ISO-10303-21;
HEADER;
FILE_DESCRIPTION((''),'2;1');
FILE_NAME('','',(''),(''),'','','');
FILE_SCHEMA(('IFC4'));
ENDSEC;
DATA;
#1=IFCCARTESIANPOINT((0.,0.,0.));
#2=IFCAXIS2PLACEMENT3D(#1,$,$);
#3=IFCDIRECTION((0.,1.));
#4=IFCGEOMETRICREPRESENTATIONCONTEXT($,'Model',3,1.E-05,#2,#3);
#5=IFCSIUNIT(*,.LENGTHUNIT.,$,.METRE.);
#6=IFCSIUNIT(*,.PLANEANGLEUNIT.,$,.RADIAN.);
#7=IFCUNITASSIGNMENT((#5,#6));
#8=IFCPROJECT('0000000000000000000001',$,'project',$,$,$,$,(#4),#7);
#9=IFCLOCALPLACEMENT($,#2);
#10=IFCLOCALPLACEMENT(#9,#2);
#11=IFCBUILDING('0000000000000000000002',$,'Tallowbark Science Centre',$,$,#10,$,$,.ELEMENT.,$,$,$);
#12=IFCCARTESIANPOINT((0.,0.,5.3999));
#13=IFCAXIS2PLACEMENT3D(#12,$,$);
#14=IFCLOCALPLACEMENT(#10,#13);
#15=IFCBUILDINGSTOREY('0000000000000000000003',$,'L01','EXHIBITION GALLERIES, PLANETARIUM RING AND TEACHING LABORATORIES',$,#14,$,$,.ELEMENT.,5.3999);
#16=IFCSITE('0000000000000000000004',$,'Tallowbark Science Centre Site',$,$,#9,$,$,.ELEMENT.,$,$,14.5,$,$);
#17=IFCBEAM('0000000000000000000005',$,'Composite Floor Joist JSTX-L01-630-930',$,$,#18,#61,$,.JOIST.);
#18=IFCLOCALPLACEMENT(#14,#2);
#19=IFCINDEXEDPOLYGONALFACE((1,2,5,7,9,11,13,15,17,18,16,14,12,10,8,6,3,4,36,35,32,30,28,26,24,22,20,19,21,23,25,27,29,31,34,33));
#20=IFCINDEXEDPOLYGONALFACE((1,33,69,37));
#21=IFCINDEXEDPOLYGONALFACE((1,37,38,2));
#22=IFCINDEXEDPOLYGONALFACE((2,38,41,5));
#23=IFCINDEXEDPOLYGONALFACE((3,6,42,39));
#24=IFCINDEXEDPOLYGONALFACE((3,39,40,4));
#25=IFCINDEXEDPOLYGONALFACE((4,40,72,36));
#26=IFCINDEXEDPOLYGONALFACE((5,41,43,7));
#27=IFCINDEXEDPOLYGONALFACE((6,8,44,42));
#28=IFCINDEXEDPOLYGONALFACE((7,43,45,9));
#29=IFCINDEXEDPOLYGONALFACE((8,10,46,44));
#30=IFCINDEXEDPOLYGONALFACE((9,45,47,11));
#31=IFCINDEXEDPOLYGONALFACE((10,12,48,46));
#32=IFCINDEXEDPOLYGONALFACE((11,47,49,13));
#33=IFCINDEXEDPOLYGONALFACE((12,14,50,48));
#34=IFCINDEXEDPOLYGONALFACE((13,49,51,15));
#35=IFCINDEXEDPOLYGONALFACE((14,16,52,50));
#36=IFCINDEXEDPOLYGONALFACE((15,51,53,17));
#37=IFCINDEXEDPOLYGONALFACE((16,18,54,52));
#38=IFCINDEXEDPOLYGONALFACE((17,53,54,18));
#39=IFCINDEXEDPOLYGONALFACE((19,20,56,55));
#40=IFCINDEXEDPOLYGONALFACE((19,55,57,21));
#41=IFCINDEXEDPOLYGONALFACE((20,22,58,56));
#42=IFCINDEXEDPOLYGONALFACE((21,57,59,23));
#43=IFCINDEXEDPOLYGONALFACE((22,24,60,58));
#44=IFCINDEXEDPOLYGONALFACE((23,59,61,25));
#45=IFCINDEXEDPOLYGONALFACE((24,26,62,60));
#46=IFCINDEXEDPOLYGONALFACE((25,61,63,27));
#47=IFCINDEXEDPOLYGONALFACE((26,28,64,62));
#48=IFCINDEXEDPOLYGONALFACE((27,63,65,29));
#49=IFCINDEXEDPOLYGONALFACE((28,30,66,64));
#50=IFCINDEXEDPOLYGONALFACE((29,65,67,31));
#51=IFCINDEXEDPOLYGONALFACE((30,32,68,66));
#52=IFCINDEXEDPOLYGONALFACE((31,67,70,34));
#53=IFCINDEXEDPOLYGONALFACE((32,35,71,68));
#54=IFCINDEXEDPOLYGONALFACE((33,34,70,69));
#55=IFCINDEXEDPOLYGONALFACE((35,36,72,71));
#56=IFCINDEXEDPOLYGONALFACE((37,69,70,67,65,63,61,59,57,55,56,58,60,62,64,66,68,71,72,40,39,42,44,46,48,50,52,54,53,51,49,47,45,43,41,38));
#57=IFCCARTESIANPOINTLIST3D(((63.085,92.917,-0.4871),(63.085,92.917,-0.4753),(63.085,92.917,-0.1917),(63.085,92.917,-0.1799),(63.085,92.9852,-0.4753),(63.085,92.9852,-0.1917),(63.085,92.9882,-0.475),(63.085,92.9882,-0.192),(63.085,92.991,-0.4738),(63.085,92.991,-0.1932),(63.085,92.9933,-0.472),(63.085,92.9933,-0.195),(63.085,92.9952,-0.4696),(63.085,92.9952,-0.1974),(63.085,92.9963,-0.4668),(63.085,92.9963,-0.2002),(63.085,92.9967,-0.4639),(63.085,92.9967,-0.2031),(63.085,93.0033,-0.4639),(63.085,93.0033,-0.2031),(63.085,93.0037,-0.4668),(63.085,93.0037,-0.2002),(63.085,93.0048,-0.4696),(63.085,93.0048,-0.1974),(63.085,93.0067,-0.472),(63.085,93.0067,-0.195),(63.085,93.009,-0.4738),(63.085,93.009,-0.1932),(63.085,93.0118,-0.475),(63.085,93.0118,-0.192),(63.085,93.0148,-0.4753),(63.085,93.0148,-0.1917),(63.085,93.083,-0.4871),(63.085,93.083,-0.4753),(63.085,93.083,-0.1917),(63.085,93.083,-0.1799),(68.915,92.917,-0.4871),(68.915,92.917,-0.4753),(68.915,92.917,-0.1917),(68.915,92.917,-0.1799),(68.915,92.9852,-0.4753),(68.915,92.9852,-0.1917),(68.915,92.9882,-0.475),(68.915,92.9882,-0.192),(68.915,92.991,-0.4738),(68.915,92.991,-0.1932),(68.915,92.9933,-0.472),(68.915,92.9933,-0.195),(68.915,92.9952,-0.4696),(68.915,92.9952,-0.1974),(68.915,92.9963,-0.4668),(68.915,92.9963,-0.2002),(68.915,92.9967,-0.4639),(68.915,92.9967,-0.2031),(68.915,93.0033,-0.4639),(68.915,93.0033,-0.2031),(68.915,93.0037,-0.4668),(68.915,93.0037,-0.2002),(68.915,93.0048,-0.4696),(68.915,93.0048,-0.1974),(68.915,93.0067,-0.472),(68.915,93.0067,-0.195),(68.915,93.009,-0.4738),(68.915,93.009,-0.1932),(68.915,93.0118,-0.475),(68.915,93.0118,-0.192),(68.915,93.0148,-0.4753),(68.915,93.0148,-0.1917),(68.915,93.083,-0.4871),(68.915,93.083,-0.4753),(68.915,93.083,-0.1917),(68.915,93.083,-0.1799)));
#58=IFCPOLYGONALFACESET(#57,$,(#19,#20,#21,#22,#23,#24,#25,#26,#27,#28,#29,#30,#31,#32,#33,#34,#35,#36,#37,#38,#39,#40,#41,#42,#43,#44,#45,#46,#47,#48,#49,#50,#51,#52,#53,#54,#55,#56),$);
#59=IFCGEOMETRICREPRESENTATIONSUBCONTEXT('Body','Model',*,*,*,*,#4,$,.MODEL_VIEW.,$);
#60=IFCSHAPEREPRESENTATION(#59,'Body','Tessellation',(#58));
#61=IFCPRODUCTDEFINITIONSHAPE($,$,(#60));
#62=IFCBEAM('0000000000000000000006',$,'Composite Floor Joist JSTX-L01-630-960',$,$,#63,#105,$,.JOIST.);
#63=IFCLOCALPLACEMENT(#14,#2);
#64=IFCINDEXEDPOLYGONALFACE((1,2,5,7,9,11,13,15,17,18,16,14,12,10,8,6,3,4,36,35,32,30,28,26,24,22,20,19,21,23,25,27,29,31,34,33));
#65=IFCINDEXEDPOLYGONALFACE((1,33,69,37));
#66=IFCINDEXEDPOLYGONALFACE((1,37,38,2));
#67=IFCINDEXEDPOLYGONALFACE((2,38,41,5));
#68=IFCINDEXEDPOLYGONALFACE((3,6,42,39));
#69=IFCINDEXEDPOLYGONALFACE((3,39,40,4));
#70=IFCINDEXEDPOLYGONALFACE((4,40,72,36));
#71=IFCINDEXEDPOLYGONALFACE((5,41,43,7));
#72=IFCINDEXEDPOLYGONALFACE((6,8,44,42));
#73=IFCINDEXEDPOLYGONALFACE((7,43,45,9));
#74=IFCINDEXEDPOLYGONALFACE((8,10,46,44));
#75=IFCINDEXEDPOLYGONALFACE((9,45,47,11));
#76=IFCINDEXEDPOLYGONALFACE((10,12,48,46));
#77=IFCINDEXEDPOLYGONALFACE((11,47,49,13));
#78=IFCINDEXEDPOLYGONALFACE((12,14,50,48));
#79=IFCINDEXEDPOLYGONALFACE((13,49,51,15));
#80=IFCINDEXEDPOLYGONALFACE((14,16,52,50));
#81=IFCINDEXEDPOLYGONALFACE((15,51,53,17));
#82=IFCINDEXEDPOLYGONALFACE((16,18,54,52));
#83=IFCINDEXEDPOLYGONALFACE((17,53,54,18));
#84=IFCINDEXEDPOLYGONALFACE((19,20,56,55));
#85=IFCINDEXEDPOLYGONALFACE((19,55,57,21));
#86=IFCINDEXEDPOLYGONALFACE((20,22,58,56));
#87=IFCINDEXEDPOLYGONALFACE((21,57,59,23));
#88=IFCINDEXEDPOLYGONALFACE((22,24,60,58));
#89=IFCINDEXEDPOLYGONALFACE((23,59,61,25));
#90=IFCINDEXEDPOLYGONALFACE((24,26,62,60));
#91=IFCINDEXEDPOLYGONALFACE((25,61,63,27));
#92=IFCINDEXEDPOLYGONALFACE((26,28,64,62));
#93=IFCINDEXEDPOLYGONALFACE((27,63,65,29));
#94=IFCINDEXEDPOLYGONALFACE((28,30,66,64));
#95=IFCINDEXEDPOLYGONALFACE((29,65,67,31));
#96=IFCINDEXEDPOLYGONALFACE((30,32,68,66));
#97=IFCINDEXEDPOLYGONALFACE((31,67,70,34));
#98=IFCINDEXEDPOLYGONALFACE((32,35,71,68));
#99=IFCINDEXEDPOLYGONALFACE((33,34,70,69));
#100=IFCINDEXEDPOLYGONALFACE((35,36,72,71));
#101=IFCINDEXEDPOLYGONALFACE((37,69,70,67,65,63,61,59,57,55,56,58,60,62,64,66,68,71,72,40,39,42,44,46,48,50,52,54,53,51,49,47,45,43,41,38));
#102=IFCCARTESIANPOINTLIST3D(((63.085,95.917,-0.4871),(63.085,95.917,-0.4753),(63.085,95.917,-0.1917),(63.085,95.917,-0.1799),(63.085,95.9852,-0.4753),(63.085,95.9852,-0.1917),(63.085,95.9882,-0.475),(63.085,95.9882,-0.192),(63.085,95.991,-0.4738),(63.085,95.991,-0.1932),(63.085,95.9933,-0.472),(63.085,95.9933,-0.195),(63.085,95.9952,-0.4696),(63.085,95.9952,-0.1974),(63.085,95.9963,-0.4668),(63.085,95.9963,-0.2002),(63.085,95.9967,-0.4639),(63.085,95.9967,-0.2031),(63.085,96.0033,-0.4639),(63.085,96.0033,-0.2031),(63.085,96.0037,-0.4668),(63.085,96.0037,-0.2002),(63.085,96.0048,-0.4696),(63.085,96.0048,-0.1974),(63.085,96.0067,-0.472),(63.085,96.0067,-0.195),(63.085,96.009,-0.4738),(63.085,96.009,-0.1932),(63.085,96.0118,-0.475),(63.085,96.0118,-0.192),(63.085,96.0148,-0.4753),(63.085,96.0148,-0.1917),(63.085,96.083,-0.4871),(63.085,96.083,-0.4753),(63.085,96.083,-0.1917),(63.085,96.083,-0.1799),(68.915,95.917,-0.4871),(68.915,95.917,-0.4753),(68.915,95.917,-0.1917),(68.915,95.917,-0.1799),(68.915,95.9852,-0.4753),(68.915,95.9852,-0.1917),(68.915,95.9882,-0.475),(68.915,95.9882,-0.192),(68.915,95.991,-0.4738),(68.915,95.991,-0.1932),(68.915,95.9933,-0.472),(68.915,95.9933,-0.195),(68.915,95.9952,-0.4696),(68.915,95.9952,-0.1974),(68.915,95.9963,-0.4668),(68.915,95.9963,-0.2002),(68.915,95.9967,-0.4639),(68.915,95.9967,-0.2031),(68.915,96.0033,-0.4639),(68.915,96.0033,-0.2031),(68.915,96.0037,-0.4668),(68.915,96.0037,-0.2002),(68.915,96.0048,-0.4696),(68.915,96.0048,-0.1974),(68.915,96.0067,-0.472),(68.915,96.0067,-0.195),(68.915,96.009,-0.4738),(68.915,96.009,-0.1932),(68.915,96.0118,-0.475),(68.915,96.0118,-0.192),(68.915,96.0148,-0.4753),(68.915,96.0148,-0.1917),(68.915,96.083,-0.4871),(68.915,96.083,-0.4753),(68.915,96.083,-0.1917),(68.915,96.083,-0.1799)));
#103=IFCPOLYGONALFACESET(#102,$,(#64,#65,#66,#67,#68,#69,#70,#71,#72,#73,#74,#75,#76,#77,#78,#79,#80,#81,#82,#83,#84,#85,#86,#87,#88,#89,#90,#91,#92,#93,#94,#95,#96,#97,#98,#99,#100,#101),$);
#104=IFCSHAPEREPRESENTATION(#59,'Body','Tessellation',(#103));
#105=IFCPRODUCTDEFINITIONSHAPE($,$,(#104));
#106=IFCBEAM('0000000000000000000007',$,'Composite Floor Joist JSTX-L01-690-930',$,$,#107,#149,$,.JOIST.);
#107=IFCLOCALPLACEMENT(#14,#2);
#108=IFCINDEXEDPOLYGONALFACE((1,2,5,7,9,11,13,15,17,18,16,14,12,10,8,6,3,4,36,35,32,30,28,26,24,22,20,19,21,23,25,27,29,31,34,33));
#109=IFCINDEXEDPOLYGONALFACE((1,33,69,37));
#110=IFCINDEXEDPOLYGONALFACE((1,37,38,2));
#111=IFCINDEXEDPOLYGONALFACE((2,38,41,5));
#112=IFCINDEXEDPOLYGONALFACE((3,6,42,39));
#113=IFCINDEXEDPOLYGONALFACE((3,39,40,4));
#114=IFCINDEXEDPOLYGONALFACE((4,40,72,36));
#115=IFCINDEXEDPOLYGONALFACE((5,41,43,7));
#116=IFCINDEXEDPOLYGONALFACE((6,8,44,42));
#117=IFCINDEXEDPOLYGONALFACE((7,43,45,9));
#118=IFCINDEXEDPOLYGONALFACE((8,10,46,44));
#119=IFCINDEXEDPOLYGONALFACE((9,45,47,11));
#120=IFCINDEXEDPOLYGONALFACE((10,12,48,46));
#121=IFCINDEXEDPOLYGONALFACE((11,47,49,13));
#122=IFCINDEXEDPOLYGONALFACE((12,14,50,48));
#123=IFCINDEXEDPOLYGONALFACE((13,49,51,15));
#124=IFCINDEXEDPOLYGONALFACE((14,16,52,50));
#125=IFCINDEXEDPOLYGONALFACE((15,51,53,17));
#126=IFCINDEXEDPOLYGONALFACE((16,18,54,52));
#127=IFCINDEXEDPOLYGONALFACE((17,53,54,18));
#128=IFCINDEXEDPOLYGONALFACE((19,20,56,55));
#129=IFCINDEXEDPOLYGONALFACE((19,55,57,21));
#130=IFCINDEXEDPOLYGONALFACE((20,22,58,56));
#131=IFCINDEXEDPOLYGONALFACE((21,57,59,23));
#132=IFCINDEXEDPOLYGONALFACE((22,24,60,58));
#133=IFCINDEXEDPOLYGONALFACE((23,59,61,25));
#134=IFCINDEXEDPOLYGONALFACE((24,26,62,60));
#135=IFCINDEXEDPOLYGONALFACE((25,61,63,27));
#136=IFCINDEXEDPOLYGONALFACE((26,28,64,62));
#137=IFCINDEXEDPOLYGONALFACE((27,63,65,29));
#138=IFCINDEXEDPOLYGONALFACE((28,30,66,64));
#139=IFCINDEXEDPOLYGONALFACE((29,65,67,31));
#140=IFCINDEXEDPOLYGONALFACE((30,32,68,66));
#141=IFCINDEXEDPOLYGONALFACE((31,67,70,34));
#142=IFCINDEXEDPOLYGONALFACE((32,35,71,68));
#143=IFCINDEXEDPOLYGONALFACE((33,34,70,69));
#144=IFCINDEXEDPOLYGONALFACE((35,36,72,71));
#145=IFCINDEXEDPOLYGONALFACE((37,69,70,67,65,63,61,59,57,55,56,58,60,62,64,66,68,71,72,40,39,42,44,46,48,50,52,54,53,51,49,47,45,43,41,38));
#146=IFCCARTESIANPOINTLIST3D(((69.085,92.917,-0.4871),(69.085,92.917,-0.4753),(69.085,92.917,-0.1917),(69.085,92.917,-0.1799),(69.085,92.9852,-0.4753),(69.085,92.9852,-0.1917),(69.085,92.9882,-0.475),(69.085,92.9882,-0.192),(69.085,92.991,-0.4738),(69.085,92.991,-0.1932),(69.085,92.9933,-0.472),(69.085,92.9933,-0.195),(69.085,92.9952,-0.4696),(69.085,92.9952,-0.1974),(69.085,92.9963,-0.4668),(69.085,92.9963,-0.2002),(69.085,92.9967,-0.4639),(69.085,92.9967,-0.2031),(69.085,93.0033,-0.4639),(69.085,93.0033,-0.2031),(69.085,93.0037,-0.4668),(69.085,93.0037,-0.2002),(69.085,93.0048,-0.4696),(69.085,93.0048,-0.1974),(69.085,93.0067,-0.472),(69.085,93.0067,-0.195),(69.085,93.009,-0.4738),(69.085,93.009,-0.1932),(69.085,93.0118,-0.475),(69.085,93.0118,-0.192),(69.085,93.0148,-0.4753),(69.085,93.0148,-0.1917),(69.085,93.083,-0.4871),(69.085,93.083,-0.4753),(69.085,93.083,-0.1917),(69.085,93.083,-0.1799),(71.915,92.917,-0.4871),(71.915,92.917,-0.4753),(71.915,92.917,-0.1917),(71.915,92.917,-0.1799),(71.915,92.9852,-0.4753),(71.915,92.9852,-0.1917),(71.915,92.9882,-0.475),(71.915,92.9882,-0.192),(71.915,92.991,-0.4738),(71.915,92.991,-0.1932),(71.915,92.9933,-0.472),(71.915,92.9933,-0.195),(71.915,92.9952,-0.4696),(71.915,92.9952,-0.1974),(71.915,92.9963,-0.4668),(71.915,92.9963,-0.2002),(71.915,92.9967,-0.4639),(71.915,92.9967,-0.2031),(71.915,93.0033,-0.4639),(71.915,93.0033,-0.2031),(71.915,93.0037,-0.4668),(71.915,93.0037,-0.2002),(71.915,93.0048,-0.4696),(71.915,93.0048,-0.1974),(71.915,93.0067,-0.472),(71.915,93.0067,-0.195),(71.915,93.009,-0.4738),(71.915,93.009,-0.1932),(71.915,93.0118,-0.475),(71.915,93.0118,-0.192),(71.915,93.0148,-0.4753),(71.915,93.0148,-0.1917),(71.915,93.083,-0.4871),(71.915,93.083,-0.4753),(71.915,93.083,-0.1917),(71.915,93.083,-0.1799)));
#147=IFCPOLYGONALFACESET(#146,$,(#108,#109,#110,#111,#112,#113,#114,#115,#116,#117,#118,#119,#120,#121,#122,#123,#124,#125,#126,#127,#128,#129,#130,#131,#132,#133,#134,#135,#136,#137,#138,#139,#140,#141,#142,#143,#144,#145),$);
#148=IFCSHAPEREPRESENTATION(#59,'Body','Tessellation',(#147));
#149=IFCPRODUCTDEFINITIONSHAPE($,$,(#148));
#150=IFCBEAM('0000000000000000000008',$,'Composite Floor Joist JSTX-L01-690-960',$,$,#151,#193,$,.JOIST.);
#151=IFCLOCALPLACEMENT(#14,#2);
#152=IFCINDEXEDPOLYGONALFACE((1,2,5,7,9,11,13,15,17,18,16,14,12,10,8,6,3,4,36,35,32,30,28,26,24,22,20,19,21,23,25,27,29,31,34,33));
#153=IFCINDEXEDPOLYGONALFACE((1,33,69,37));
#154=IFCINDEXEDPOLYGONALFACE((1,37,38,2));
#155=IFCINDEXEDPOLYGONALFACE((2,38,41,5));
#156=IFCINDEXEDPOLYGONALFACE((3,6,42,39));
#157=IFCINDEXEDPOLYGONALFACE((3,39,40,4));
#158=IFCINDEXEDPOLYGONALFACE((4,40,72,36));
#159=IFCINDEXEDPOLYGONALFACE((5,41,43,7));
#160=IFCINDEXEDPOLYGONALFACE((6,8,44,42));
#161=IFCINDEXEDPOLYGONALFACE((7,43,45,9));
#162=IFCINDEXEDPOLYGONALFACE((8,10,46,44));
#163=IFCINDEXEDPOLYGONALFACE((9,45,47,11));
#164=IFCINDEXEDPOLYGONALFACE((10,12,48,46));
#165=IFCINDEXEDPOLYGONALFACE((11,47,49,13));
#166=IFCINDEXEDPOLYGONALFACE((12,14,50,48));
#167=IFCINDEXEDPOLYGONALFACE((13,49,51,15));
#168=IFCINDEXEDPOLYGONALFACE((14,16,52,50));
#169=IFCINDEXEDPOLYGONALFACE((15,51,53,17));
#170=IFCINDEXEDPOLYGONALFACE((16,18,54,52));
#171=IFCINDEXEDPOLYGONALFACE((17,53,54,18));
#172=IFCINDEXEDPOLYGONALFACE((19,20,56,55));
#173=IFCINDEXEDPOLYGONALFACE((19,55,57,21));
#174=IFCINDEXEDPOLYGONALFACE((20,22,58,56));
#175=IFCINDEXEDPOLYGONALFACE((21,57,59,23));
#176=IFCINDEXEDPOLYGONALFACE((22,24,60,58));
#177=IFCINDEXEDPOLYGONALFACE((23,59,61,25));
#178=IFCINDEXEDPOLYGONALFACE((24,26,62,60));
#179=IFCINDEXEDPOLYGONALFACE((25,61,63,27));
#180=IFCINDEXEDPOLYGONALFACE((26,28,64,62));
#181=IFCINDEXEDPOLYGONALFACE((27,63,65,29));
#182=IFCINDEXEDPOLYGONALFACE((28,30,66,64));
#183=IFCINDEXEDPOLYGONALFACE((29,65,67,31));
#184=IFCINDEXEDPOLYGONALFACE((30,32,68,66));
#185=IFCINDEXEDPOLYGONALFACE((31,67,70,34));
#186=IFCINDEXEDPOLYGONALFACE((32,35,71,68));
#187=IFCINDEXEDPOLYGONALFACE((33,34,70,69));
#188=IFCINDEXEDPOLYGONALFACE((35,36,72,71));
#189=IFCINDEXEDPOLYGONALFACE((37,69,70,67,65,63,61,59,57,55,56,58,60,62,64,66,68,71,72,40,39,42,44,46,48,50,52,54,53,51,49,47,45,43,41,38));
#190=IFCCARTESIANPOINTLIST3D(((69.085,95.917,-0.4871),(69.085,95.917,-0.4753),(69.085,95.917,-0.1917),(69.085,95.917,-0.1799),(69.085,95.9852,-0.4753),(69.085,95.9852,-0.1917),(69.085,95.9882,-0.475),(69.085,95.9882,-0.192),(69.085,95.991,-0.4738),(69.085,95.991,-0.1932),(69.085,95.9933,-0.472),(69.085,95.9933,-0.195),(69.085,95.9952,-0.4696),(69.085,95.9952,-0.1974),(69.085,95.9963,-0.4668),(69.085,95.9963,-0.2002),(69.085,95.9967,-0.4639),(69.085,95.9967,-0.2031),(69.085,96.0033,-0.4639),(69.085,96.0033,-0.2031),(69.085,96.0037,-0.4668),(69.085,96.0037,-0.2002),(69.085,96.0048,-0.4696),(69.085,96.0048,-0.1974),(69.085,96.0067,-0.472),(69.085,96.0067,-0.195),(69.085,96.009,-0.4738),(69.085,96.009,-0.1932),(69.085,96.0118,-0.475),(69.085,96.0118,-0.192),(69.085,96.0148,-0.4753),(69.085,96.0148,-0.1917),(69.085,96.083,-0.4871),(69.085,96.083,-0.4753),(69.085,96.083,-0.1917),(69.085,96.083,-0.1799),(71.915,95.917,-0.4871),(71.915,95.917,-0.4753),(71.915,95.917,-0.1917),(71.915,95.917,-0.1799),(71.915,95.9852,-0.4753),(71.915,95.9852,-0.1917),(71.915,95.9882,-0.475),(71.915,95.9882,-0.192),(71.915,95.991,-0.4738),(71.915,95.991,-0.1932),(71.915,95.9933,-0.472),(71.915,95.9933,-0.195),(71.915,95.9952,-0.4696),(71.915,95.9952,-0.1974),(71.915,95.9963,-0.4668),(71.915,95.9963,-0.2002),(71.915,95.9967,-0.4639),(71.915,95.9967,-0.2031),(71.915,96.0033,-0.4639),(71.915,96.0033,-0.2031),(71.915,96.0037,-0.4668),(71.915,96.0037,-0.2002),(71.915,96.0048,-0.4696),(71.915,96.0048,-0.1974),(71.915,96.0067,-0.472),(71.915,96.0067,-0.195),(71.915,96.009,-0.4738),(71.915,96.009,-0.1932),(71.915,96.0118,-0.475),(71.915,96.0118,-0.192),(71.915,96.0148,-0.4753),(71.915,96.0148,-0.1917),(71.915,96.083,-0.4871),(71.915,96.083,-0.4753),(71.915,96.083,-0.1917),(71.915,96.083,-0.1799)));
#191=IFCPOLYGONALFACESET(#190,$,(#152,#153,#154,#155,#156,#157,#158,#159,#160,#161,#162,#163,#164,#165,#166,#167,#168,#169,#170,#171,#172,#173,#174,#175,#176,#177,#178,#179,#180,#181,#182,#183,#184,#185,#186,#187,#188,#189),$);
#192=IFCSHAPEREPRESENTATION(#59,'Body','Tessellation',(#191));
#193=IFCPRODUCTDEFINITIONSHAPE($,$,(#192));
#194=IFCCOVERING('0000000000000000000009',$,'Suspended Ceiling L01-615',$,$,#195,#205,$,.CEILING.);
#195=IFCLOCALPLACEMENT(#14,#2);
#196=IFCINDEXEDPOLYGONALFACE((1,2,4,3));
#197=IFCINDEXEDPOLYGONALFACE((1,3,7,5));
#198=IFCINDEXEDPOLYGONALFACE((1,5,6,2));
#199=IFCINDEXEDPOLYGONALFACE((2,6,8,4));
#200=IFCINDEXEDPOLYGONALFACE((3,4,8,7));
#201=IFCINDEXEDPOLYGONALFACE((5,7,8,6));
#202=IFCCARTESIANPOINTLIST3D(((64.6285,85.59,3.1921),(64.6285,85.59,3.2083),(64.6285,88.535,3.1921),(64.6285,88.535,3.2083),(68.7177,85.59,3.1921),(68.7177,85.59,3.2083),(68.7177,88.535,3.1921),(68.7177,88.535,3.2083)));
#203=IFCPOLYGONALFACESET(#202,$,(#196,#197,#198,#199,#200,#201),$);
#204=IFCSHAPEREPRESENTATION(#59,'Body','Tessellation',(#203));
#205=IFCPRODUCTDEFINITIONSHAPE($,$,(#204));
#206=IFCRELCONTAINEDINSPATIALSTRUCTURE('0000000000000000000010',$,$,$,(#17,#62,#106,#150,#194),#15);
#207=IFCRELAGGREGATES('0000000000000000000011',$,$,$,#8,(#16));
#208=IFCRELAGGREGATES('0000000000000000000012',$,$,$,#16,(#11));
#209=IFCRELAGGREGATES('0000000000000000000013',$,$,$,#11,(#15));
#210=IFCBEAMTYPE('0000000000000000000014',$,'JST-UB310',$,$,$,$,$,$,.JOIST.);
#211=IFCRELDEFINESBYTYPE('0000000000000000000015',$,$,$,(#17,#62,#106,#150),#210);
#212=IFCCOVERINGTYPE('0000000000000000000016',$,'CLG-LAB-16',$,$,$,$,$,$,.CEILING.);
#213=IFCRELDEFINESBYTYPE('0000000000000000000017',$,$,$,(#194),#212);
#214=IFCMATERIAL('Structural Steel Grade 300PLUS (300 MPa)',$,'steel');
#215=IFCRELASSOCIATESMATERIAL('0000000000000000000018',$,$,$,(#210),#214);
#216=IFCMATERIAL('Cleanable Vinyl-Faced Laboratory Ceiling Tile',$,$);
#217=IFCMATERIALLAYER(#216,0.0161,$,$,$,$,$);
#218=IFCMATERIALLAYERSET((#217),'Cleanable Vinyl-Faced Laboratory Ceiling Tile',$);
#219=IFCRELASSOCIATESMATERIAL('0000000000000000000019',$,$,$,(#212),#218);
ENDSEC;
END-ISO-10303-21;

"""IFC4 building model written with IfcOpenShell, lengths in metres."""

from ifc_helpers import new_model, si_unit, direction, frame, origin, origin_2d, place, context, subcontext, project, spatial, rectangle, i_section, extrude, material, layer, layer_set, material_profile, profile_set, type_object, element, save


model = new_model("IFC4")

# Units and contexts
model_context = context("Model", 3, precision=1e-05, world=origin(), true_north=direction((0.0, 1.0)))
body_context = subcontext(model_context, "Body", "Model", "MODEL_VIEW")
ifc_project = project(units=[si_unit("LENGTHUNIT", "METRE"), si_unit("PLANEANGLEUNIT", "RADIAN")], contexts=[model_context])

# Site, building, storey
site_placement = place(None, origin())
site = spatial("IfcSite", under=ifc_project, at=site_placement, Name="Tallowbark Science Centre Site", CompositionType="ELEMENT", RefElevation=14.5)
building_placement = place(site_placement, origin())
building = spatial("IfcBuilding", under=site, at=building_placement, Name="Tallowbark Science Centre", CompositionType="ELEMENT")
storey_placement = place(building_placement, frame((0.0, 0.0, 5.3999)))
storey = spatial("IfcBuildingStorey", under=building, at=storey_placement, Name="L01", Description="EXHIBITION GALLERIES, PLANETARIUM RING AND TEACHING LABORATORIES", CompositionType="ELEMENT", Elevation=5.3999)

# Shared definitions
ifc_material_1 = material(Name="Structural Steel Grade 300PLUS (300 MPa)", Category="steel")

# Beams
ifc_material_profile_1 = material_profile(ifc_material_1, i_section(OverallWidth=0.166, OverallDepth=0.3071, WebThickness=0.0066, FlangeThickness=0.0117, FilletRadius=0.0115, at=origin_2d()), Name="310UB46.2")
ifc_profile_set_1 = profile_set([ifc_material_profile_1], Name="Structural Steel Grade 300PLUS (300 MPa)")
beam_type_1 = type_object("IfcBeamType", Name="JST-UB310", PredefinedType="JOIST", material=ifc_profile_set_1)
for number, where, z_axis, x_axis, name in (
    (1, (63.085, 93.0, -0.3335), (1.0, 0.0, 0.0), (0.0, 1.0, 0.0), "Composite Floor Joist JSTX-L01-630-930"),
    (2, (63.085, 96.0, -0.3335), (1.0, 0.0, 0.0), (0.0, 1.0, 0.0), "Composite Floor Joist JSTX-L01-630-960"),
):
    element("IfcBeam", number, at=place(storey_placement, frame(where, z_axis=z_axis, x_axis=x_axis)), inside=storey, type_object=beam_type_1, Name=name, PredefinedType="JOIST", context=body_context, shape_type="SweptSolid", body=[
        extrude(i_section(OverallWidth=0.166, OverallDepth=0.3071, WebThickness=0.0066, FlangeThickness=0.0117, FilletRadius=0.0115, at=origin_2d()), origin(), (0.0, 0.0, 1.0), 5.8301),
    ])
for number, where, z_axis, x_axis, name in (
    (3, (69.085, 93.0, -0.3335), (1.0, 0.0, 0.0), (0.0, 1.0, 0.0), "Composite Floor Joist JSTX-L01-690-930"),
    (4, (69.085, 96.0, -0.3335), (1.0, 0.0, 0.0), (0.0, 1.0, 0.0), "Composite Floor Joist JSTX-L01-690-960"),
):
    element("IfcBeam", number, at=place(storey_placement, frame(where, z_axis=z_axis, x_axis=x_axis)), inside=storey, type_object=beam_type_1, Name=name, PredefinedType="JOIST", context=body_context, shape_type="SweptSolid", body=[
        extrude(i_section(OverallWidth=0.166, OverallDepth=0.3071, WebThickness=0.0066, FlangeThickness=0.0117, FilletRadius=0.0115, at=origin_2d()), origin(), (0.0, 0.0, 1.0), 2.8301),
    ])

# Covering
ifc_material_2 = material(Name="Cleanable Vinyl-Faced Laboratory Ceiling Tile")
ifc_layer_1 = layer(ifc_material_2, 0.0161)
ifc_layer_set_1 = layer_set([ifc_layer_1], Name="Cleanable Vinyl-Faced Laboratory Ceiling Tile")
covering_type_1 = type_object("IfcCoveringType", Name="CLG-LAB-16", PredefinedType="CEILING", material=ifc_layer_set_1)
for number, where, z_axis, x_axis, name in (
    (5, (66.6731, 87.0625, 3.1921), (0.0, 0.0, 1.0), (1.0, 0.0, 0.0), "Suspended Ceiling L01-615"),
):
    element("IfcCovering", number, at=place(storey_placement, frame(where, z_axis=z_axis, x_axis=x_axis)), inside=storey, type_object=covering_type_1, Name=name, PredefinedType="CEILING", context=body_context, shape_type="SweptSolid", body=[
        extrude(rectangle(XDim=4.0891, YDim=2.9451, at=origin_2d()), origin(), (0.0, 0.0, 1.0), 0.0161),
    ])

save(model, "model.ifc")
